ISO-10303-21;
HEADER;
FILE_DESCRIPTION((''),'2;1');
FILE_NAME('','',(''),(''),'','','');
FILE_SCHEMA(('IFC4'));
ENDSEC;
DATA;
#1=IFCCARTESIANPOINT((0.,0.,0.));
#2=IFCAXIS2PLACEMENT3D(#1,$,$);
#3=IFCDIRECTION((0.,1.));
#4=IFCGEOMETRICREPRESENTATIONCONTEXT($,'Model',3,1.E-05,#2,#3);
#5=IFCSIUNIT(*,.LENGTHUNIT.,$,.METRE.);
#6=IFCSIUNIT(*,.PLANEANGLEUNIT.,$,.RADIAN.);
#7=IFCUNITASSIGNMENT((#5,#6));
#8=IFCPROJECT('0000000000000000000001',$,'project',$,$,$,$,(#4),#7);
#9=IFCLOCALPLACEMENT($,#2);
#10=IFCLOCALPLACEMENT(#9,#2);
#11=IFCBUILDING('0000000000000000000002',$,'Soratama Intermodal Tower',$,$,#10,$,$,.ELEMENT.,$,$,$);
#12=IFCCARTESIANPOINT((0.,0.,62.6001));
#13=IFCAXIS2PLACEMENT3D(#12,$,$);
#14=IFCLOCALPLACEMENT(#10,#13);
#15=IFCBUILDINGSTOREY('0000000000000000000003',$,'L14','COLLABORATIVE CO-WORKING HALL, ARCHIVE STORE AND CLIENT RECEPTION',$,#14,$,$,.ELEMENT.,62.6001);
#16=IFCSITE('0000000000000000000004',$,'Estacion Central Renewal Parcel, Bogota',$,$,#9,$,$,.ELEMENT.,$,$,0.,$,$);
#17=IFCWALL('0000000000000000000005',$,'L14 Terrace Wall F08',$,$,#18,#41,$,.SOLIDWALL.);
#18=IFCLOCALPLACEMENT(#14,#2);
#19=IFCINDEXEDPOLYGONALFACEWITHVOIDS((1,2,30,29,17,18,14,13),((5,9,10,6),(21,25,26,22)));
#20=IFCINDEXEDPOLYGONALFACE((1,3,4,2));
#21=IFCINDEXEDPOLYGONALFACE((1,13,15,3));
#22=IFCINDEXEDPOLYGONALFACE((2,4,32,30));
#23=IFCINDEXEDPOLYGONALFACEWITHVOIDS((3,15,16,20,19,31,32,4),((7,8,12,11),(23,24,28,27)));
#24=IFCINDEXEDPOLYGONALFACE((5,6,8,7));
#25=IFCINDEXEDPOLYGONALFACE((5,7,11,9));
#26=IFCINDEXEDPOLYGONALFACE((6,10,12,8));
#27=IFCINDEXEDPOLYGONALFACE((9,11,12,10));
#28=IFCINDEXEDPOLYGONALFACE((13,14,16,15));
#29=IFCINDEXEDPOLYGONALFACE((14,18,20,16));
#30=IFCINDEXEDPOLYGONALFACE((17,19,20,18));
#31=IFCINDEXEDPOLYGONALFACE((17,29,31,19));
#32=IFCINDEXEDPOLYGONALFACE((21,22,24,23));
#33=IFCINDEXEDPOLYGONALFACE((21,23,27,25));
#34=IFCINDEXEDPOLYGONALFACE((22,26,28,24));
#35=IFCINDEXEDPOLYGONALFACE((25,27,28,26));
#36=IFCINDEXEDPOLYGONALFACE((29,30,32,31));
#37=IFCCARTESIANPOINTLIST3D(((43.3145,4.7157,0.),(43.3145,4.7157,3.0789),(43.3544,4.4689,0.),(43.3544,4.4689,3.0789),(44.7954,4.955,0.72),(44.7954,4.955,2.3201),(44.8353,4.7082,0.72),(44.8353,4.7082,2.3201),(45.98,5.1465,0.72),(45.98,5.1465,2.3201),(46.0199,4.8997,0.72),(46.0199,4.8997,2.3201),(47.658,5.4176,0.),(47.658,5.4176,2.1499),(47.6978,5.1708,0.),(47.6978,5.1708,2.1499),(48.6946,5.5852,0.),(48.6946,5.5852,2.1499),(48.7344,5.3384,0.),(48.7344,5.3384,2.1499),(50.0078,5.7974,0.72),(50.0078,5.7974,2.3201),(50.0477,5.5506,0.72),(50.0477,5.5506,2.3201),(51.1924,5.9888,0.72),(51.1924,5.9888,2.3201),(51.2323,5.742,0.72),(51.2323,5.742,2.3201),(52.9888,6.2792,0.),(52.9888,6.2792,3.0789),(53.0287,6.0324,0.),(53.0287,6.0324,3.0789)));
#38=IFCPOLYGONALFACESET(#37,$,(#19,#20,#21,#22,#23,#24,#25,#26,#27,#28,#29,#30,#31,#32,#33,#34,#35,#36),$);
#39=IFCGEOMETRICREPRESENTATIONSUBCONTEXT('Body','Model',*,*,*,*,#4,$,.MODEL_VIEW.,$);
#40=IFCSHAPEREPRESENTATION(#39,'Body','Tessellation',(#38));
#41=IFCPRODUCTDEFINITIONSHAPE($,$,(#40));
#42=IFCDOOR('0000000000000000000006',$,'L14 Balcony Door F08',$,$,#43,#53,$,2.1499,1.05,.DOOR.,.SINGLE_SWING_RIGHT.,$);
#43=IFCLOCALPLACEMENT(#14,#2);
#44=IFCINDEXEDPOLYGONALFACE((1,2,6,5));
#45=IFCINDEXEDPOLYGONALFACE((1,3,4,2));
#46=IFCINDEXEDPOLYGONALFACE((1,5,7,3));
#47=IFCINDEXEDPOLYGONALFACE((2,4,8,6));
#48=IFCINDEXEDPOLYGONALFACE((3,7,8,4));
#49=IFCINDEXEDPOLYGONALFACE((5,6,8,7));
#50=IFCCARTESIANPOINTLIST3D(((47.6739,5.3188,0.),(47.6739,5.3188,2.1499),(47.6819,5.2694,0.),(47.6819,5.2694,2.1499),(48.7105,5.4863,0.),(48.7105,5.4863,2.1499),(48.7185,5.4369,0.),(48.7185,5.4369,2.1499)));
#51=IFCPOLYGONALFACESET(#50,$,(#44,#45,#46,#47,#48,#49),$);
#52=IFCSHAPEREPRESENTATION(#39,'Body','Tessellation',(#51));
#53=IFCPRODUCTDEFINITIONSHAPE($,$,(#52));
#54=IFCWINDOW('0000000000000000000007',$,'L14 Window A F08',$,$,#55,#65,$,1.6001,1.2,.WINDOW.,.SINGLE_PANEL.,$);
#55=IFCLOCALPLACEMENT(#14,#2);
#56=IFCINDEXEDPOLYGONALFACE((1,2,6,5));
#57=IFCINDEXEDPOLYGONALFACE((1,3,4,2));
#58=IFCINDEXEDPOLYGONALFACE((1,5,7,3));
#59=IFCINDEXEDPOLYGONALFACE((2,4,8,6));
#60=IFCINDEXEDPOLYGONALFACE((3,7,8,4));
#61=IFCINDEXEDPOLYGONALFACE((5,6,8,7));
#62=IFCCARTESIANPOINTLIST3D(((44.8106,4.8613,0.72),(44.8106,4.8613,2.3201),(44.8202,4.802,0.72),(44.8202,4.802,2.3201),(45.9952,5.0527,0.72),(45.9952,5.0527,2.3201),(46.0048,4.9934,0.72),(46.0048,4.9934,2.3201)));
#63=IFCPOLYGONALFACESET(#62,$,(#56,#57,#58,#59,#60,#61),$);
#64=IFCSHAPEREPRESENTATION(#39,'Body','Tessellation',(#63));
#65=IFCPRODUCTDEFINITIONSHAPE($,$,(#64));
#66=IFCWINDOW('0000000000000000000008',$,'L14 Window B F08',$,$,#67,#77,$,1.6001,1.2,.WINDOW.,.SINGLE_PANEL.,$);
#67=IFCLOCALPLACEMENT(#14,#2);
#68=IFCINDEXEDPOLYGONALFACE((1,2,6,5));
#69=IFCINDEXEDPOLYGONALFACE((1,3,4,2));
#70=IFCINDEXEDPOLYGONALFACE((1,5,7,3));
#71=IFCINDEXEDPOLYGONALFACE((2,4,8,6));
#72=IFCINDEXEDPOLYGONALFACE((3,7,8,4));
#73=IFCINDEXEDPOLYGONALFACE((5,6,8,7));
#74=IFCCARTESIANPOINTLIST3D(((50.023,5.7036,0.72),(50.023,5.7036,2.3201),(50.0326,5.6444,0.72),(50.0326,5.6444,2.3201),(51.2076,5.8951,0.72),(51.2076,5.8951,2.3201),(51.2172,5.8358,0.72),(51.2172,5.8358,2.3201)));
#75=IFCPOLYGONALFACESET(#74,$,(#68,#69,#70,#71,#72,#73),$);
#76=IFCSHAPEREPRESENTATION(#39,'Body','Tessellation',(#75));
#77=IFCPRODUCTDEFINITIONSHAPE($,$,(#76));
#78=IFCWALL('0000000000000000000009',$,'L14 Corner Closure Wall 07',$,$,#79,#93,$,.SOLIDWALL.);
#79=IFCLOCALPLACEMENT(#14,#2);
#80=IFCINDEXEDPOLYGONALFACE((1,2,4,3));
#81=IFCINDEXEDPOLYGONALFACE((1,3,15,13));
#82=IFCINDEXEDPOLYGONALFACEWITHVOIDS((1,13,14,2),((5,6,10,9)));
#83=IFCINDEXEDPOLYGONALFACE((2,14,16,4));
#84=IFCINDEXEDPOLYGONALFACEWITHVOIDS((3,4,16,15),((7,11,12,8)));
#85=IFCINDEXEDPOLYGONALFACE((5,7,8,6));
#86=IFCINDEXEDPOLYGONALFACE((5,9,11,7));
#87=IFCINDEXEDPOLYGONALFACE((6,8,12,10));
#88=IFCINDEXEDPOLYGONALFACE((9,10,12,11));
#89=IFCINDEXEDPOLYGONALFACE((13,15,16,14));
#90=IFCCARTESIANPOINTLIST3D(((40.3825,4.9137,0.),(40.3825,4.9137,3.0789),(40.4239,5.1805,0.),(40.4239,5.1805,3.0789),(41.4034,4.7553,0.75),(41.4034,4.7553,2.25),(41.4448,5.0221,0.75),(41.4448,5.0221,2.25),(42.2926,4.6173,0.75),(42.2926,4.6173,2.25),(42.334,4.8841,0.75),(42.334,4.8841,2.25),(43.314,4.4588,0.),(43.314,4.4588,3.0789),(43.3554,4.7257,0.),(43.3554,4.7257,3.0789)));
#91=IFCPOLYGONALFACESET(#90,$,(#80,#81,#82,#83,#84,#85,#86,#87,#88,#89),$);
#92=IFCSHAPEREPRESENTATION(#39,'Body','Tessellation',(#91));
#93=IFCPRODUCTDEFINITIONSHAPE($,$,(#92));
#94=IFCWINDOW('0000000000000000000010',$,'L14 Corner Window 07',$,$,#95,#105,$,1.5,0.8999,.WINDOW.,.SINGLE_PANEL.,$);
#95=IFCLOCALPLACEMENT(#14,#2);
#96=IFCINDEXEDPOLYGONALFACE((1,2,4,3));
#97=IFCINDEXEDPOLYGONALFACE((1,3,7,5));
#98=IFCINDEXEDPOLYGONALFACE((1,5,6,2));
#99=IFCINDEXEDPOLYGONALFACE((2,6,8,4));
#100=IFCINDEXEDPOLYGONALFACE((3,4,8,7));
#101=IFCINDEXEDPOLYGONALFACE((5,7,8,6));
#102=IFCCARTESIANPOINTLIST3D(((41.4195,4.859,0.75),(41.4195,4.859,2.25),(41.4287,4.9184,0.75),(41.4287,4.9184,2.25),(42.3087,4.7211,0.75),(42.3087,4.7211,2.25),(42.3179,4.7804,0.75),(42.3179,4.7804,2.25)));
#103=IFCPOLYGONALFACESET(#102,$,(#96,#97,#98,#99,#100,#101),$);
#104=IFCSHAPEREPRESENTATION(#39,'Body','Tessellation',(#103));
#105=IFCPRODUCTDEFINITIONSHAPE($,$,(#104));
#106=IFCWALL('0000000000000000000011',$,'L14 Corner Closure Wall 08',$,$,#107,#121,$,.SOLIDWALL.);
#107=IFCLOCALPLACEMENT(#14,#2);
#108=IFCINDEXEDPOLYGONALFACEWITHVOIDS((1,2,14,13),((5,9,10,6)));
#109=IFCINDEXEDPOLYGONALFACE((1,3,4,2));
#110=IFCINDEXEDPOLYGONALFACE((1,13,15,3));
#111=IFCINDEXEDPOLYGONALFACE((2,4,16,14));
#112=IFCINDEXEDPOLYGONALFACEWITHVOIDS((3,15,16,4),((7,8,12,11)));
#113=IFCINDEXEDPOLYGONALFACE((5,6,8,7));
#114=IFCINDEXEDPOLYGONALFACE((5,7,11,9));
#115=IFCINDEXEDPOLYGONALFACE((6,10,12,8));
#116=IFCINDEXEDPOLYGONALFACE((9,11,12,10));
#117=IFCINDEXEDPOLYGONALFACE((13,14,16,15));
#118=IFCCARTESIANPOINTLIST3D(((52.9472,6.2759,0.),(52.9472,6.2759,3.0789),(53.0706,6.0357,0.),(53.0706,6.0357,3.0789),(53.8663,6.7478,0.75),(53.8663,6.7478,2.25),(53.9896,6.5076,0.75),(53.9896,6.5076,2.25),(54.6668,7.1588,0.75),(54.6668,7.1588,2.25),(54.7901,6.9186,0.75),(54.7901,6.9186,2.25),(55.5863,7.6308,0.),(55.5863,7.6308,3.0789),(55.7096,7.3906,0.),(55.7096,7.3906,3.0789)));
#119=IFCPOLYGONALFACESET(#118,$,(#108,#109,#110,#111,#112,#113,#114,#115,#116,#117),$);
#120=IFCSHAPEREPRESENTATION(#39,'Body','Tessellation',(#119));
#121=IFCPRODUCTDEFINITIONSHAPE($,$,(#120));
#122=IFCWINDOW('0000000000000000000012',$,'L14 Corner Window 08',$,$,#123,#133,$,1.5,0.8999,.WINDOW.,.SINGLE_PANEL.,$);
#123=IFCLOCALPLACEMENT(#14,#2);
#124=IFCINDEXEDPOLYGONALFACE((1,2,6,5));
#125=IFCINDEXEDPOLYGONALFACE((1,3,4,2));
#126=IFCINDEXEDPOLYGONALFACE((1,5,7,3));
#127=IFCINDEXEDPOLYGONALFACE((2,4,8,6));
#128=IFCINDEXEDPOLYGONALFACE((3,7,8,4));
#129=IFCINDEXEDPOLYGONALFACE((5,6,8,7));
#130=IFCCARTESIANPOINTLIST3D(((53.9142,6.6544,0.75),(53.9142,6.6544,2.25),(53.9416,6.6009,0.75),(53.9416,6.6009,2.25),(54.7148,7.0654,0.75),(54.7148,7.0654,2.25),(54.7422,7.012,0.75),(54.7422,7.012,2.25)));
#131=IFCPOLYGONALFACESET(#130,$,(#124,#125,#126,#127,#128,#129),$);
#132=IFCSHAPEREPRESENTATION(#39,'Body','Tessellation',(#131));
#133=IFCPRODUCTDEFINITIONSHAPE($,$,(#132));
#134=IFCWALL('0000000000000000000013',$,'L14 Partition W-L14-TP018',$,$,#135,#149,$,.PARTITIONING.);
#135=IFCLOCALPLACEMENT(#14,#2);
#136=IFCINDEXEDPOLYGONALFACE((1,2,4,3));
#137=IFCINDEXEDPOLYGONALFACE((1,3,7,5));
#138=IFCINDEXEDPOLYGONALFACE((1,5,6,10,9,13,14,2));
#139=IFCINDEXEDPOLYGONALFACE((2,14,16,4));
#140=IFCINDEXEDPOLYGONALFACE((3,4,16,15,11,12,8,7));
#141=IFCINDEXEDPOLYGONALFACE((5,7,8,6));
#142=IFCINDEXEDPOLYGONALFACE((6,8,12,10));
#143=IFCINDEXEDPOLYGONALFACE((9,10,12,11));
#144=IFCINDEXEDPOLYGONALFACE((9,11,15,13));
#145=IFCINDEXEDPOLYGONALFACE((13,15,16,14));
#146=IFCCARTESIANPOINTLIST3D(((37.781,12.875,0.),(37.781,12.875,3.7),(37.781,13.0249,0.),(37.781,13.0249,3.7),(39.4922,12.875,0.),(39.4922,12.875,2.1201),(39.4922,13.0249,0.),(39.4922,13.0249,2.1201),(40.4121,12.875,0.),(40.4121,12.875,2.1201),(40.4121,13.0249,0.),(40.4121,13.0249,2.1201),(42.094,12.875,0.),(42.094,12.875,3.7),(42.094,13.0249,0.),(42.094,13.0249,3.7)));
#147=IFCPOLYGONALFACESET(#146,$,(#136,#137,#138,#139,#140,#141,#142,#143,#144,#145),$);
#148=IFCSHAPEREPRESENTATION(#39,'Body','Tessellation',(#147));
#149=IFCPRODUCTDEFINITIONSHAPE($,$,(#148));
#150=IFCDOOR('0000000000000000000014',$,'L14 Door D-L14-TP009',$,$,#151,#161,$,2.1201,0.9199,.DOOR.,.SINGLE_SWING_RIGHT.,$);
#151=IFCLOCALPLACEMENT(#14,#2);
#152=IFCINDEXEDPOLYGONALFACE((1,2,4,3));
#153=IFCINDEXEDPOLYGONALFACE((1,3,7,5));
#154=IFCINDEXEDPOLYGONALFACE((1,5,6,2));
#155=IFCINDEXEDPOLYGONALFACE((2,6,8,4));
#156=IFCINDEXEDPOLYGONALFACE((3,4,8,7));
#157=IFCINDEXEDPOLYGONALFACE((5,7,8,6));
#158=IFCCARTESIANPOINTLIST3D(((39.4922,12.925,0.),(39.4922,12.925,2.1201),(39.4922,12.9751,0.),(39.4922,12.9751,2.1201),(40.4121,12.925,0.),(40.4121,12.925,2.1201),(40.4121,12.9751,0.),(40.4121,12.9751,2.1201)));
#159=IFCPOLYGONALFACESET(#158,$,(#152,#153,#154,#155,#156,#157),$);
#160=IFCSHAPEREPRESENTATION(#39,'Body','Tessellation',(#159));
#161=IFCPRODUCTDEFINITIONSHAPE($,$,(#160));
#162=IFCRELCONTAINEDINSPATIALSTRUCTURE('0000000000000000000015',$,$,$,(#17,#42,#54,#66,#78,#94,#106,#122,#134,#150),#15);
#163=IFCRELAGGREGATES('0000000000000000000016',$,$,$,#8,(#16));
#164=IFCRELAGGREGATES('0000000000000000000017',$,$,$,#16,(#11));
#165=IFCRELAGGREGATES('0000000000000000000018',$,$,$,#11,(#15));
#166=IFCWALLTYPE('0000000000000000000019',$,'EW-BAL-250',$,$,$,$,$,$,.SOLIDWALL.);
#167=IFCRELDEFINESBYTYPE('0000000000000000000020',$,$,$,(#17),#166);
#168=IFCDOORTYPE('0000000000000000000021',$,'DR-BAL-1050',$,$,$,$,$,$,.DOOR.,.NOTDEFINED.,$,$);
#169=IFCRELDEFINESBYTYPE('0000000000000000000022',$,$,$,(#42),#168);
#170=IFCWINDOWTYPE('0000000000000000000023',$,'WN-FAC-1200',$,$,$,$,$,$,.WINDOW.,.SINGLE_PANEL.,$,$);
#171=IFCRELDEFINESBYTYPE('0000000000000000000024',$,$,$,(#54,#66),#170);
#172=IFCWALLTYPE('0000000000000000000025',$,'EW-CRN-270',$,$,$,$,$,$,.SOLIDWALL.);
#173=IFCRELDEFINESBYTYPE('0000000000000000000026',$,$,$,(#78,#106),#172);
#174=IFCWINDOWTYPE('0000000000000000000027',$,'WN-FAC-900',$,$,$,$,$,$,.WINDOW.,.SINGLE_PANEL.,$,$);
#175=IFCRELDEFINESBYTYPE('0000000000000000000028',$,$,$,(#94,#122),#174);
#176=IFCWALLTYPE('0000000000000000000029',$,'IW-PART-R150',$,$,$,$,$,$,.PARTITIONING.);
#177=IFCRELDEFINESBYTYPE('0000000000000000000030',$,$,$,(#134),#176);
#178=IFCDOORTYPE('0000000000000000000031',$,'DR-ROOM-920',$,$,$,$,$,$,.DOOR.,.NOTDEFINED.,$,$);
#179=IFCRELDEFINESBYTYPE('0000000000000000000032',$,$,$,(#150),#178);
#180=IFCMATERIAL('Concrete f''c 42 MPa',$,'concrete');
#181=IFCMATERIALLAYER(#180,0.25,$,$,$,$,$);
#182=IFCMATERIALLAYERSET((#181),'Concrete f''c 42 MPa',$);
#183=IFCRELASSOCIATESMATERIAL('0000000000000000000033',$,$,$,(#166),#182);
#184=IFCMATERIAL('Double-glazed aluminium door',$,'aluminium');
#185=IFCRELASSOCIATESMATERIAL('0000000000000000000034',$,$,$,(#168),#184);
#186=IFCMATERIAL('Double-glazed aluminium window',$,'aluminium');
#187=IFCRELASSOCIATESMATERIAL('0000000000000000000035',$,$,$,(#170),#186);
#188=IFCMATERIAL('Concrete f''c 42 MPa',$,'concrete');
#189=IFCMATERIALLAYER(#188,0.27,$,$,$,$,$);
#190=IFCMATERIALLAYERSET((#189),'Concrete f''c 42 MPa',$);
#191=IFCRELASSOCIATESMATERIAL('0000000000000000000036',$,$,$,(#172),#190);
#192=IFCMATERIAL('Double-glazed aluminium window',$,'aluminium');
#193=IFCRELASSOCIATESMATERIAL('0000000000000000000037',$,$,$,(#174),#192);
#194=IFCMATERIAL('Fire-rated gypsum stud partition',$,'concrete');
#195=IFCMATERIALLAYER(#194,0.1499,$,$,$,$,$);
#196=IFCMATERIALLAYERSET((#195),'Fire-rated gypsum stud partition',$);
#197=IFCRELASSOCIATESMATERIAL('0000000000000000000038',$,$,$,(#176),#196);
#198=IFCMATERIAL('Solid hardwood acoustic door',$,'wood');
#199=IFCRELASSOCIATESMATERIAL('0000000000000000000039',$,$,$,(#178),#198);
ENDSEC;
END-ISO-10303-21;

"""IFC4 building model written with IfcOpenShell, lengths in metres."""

from ifc_helpers import new_model, si_unit, direction, frame, frame_2d, origin, place, context, subcontext, project, spatial, rectangle, extrude, material, layer, layer_set, type_object, element, fill, save


model = new_model("IFC4")

# Units and contexts
model_context = context("Model", 3, precision=1e-05, world=origin(), true_north=direction((0.0, 1.0)))
body_context = subcontext(model_context, "Body", "Model", "MODEL_VIEW")
ifc_project = project(units=[si_unit("LENGTHUNIT", "METRE"), si_unit("PLANEANGLEUNIT", "RADIAN")], contexts=[model_context])

# Site, building, storey
site_placement = place(None, origin())
site = spatial("IfcSite", under=ifc_project, at=site_placement, Name="Estacion Central Renewal Parcel, Bogota", CompositionType="ELEMENT", RefElevation=0.0)
building_placement = place(site_placement, origin())
building = spatial("IfcBuilding", under=site, at=building_placement, Name="Soratama Intermodal Tower", CompositionType="ELEMENT")
storey_placement = place(building_placement, frame((0.0, 0.0, 62.6001)))
storey = spatial("IfcBuildingStorey", under=building, at=storey_placement, Name="L14", Description="COLLABORATIVE CO-WORKING HALL, ARCHIVE STORE AND CLIENT RECEPTION", CompositionType="ELEMENT", Elevation=62.6001)

# Wall, openings, door, windows
ifc_material_1 = material(Name="Concrete f'c 42 MPa", Category="concrete")
ifc_layer_1 = layer(ifc_material_1, 0.25)
ifc_layer_set_1 = layer_set([ifc_layer_1], Name="Concrete f'c 42 MPa")
wall_type_1 = type_object("IfcWallType", Name="EW-BAL-250", PredefinedType="SOLIDWALL", material=ifc_layer_set_1)
wall_1_placement = place(storey_placement, frame((43.3345, 4.5923, 0.0), z_axis=(0.0, 0.0, 1.0), x_axis=(0.987191, 0.159541, 0.0)))
wall_1 = element("IfcWall", 1, at=wall_1_placement, inside=storey, type_object=wall_type_1, Name="L14 Terrace Wall F08", PredefinedType="SOLIDWALL", context=body_context, shape_type="SweptSolid", body=[
    extrude(rectangle(XDim=9.7998, YDim=0.25, at=frame_2d((4.8999, 0.0))), origin(), (0.0, 0.0, 1.0), 3.0789),
])
opening_1_placement = place(wall_1_placement, frame((4.3999, 0.0, 0.0)))
opening_1 = element("IfcOpeningElement", 2, at=opening_1_placement, cuts=wall_1, PredefinedType="OPENING", context=body_context, shape_type="SweptSolid", body=[
    extrude(rectangle(XDim=1.05, YDim=2.1499, at=frame_2d((0.5249, 1.075))), frame((0.0, 0.135, 0.0), z_axis=(0.0, -1.0, 0.0), x_axis=(1.0, 0.0, 0.0)), (0.0, 0.0, 1.0), 0.27),
])
opening_2_placement = place(wall_1_placement, frame((1.5, 0.0, 0.72)))
opening_2 = element("IfcOpeningElement", 3, at=opening_2_placement, cuts=wall_1, PredefinedType="OPENING", context=body_context, shape_type="SweptSolid", body=[
    extrude(rectangle(XDim=1.2, YDim=1.6001, at=frame_2d((0.6001, 0.8))), frame((0.0, 0.135, 0.0), z_axis=(0.0, -1.0, 0.0), x_axis=(1.0, 0.0, 0.0)), (0.0, 0.0, 1.0), 0.27),
])
opening_3_placement = place(wall_1_placement, frame((6.78, 0.0, 0.72)))
opening_3 = element("IfcOpeningElement", 4, at=opening_3_placement, cuts=wall_1, PredefinedType="OPENING", context=body_context, shape_type="SweptSolid", body=[
    extrude(rectangle(XDim=1.2, YDim=1.6001, at=frame_2d((0.6001, 0.8))), frame((0.0, 0.135, 0.0), z_axis=(0.0, -1.0, 0.0), x_axis=(1.0, 0.0, 0.0)), (0.0, 0.0, 1.0), 0.27),
])
ifc_material_2 = material(Name="Double-glazed aluminium door", Category="aluminium")
door_type_1 = type_object("IfcDoorType", Name="DR-BAL-1050", OperationType="NOTDEFINED", PredefinedType="DOOR", material=ifc_material_2)
door_1_placement = place(opening_1_placement, origin())
door_1 = element("IfcDoor", 5, at=door_1_placement, inside=storey, type_object=door_type_1, Name="L14 Balcony Door F08", OperationType="SINGLE_SWING_RIGHT", OverallHeight=2.1499, OverallWidth=1.05, PredefinedType="DOOR", context=body_context, shape_type="SweptSolid", body=[
    extrude(rectangle(XDim=1.05, YDim=2.1499, at=frame_2d((0.5249, 1.075))), frame((0.0, 0.0249, 0.0), z_axis=(0.0, -1.0, 0.0), x_axis=(1.0, 0.0, 0.0)), (0.0, 0.0, 1.0), 0.05),
])
fill(opening_1, door_1)
ifc_material_3 = material(Name="Double-glazed aluminium window", Category="aluminium")
window_type_1 = type_object("IfcWindowType", Name="WN-FAC-1200", PartitioningType="SINGLE_PANEL", PredefinedType="WINDOW", material=ifc_material_3)
window_1_placement = place(opening_2_placement, origin())
window_1 = element("IfcWindow", 6, at=window_1_placement, inside=storey, type_object=window_type_1, Name="L14 Window A F08", OverallHeight=1.6001, OverallWidth=1.2, PartitioningType="SINGLE_PANEL", PredefinedType="WINDOW", context=body_context, shape_type="SweptSolid", body=[
    extrude(rectangle(XDim=1.2, YDim=1.6001, at=frame_2d((0.6001, 0.8))), frame((0.0, 0.03, 0.0), z_axis=(0.0, -1.0, 0.0), x_axis=(1.0, 0.0, 0.0)), (0.0, 0.0, 1.0), 0.0601),
])
fill(opening_2, window_1)
window_2_placement = place(opening_3_placement, origin())
window_2 = element("IfcWindow", 7, at=window_2_placement, inside=storey, type_object=window_type_1, Name="L14 Window B F08", OverallHeight=1.6001, OverallWidth=1.2, PartitioningType="SINGLE_PANEL", PredefinedType="WINDOW", context=body_context, shape_type="SweptSolid", body=[
    extrude(rectangle(XDim=1.2, YDim=1.6001, at=frame_2d((0.6001, 0.8))), frame((0.0, 0.03, 0.0), z_axis=(0.0, -1.0, 0.0), x_axis=(1.0, 0.0, 0.0)), (0.0, 0.0, 1.0), 0.0601),
])
fill(opening_3, window_2)

# Walls, openings, windows
ifc_material_4 = material(Name="Concrete f'c 42 MPa", Category="concrete")
ifc_layer_2 = layer(ifc_material_4, 0.27)
ifc_layer_set_2 = layer_set([ifc_layer_2], Name="Concrete f'c 42 MPa")
wall_type_2 = type_object("IfcWallType", Name="EW-CRN-270", PredefinedType="SOLIDWALL", material=ifc_layer_set_2)
wall_2_placement = place(storey_placement, frame((40.4031, 5.0471, 0.0), z_axis=(0.0, 0.0, 1.0), x_axis=(0.988176, -0.153325, 0.0)))
wall_2 = element("IfcWall", 8, at=wall_2_placement, inside=storey, type_object=wall_type_2, Name="L14 Corner Closure Wall 07", PredefinedType="SOLIDWALL", context=body_context, shape_type="SweptSolid", body=[
    extrude(rectangle(XDim=2.9666, YDim=0.27, at=frame_2d((1.4834, 0.0))), origin(), (0.0, 0.0, 1.0), 3.0789),
])
opening_4_placement = place(wall_2_placement, frame((1.0332, 0.0, 0.75)))
opening_4 = element("IfcOpeningElement", 9, at=opening_4_placement, cuts=wall_2, PredefinedType="OPENING", context=body_context, shape_type="SweptSolid", body=[
    extrude(rectangle(XDim=0.8999, YDim=1.5, at=frame_2d((0.45, 0.75))), frame((0.0, 0.145, 0.0), z_axis=(0.0, -1.0, 0.0), x_axis=(1.0, 0.0, 0.0)), (0.0, 0.0, 1.0), 0.29),
])
ifc_material_5 = material(Name="Double-glazed aluminium window", Category="aluminium")
window_type_2 = type_object("IfcWindowType", Name="WN-FAC-900", PartitioningType="SINGLE_PANEL", PredefinedType="WINDOW", material=ifc_material_5)
window_3_placement = place(opening_4_placement, origin())
window_3 = element("IfcWindow", 10, at=window_3_placement, inside=storey, type_object=window_type_2, Name="L14 Corner Window 07", OverallHeight=1.5, OverallWidth=0.8999, PartitioningType="SINGLE_PANEL", PredefinedType="WINDOW", context=body_context, shape_type="SweptSolid", body=[
    extrude(rectangle(XDim=0.8999, YDim=1.5, at=frame_2d((0.45, 0.75))), frame((0.0, 0.03, 0.0), z_axis=(0.0, -1.0, 0.0), x_axis=(1.0, 0.0, 0.0)), (0.0, 0.0, 1.0), 0.0601),
])
fill(opening_4, window_3)
wall_3_placement = place(storey_placement, frame((53.0088, 6.1558, 0.0), z_axis=(0.0, 0.0, 1.0), x_axis=(0.889603, 0.456734, 0.0)))
wall_3 = element("IfcWall", 11, at=wall_3_placement, inside=storey, type_object=wall_type_2, Name="L14 Corner Closure Wall 08", PredefinedType="SOLIDWALL", context=body_context, shape_type="SweptSolid", body=[
    extrude(rectangle(XDim=2.9666, YDim=0.27, at=frame_2d((1.4834, 0.0))), origin(), (0.0, 0.0, 1.0), 3.0789),
])
opening_5_placement = place(wall_3_placement, frame((1.0332, 0.0, 0.75)))
opening_5 = element("IfcOpeningElement", 12, at=opening_5_placement, cuts=wall_3, PredefinedType="OPENING", context=body_context, shape_type="SweptSolid", body=[
    extrude(rectangle(XDim=0.8999, YDim=1.5, at=frame_2d((0.45, 0.75))), frame((0.0, 0.145, 0.0), z_axis=(0.0, -1.0, 0.0), x_axis=(1.0, 0.0, 0.0)), (0.0, 0.0, 1.0), 0.29),
])
window_4_placement = place(opening_5_placement, origin())
window_4 = element("IfcWindow", 13, at=window_4_placement, inside=storey, type_object=window_type_2, Name="L14 Corner Window 08", OverallHeight=1.5, OverallWidth=0.8999, PartitioningType="SINGLE_PANEL", PredefinedType="WINDOW", context=body_context, shape_type="SweptSolid", body=[
    extrude(rectangle(XDim=0.8999, YDim=1.5, at=frame_2d((0.45, 0.75))), frame((0.0, 0.03, 0.0), z_axis=(0.0, -1.0, 0.0), x_axis=(1.0, 0.0, 0.0)), (0.0, 0.0, 1.0), 0.0601),
])
fill(opening_5, window_4)

# Wall, opening, door
ifc_material_6 = material(Name="Fire-rated gypsum stud partition", Category="concrete")
ifc_layer_3 = layer(ifc_material_6, 0.1499)
ifc_layer_set_3 = layer_set([ifc_layer_3], Name="Fire-rated gypsum stud partition")
wall_type_3 = type_object("IfcWallType", Name="IW-PART-R150", PredefinedType="PARTITIONING", material=ifc_layer_set_3)
wall_4_placement = place(storey_placement, frame((42.094, 12.95, 0.0), z_axis=(0.0, 0.0, 1.0), x_axis=(-1.0, 0.0, 0.0)))
wall_4 = element("IfcWall", 14, at=wall_4_placement, inside=storey, type_object=wall_type_3, Name="L14 Partition W-L14-TP018", PredefinedType="PARTITIONING", context=body_context, shape_type="SweptSolid", body=[
    extrude(rectangle(XDim=4.313, YDim=0.1499, at=frame_2d((2.1565, 0.0))), origin(), (0.0, 0.0, 1.0), 3.7),
])
opening_6_placement = place(wall_4_placement, frame((1.6819, 0.0, 0.0)))
opening_6 = element("IfcOpeningElement", 15, at=opening_6_placement, cuts=wall_4, PredefinedType="OPENING", context=body_context, shape_type="SweptSolid", body=[
    extrude(rectangle(XDim=0.9199, YDim=2.1201, at=frame_2d((0.46, 1.0601))), frame((0.0, 0.085, 0.0), z_axis=(0.0, -1.0, 0.0), x_axis=(1.0, 0.0, 0.0)), (0.0, 0.0, 1.0), 0.1699),
])
ifc_material_7 = material(Name="Solid hardwood acoustic door", Category="wood")
door_type_2 = type_object("IfcDoorType", Name="DR-ROOM-920", OperationType="NOTDEFINED", PredefinedType="DOOR", material=ifc_material_7)
door_2_placement = place(opening_6_placement, origin())
door_2 = element("IfcDoor", 16, at=door_2_placement, inside=storey, type_object=door_type_2, Name="L14 Door D-L14-TP009", OperationType="SINGLE_SWING_RIGHT", OverallHeight=2.1201, OverallWidth=0.9199, PredefinedType="DOOR", context=body_context, shape_type="SweptSolid", body=[
    extrude(rectangle(XDim=0.9199, YDim=2.1201, at=frame_2d((0.46, 1.0601))), frame((0.0, 0.0249, 0.0), z_axis=(0.0, -1.0, 0.0), x_axis=(1.0, 0.0, 0.0)), (0.0, 0.0, 1.0), 0.05),
])
fill(opening_6, door_2)

save(model, "model.ifc")
